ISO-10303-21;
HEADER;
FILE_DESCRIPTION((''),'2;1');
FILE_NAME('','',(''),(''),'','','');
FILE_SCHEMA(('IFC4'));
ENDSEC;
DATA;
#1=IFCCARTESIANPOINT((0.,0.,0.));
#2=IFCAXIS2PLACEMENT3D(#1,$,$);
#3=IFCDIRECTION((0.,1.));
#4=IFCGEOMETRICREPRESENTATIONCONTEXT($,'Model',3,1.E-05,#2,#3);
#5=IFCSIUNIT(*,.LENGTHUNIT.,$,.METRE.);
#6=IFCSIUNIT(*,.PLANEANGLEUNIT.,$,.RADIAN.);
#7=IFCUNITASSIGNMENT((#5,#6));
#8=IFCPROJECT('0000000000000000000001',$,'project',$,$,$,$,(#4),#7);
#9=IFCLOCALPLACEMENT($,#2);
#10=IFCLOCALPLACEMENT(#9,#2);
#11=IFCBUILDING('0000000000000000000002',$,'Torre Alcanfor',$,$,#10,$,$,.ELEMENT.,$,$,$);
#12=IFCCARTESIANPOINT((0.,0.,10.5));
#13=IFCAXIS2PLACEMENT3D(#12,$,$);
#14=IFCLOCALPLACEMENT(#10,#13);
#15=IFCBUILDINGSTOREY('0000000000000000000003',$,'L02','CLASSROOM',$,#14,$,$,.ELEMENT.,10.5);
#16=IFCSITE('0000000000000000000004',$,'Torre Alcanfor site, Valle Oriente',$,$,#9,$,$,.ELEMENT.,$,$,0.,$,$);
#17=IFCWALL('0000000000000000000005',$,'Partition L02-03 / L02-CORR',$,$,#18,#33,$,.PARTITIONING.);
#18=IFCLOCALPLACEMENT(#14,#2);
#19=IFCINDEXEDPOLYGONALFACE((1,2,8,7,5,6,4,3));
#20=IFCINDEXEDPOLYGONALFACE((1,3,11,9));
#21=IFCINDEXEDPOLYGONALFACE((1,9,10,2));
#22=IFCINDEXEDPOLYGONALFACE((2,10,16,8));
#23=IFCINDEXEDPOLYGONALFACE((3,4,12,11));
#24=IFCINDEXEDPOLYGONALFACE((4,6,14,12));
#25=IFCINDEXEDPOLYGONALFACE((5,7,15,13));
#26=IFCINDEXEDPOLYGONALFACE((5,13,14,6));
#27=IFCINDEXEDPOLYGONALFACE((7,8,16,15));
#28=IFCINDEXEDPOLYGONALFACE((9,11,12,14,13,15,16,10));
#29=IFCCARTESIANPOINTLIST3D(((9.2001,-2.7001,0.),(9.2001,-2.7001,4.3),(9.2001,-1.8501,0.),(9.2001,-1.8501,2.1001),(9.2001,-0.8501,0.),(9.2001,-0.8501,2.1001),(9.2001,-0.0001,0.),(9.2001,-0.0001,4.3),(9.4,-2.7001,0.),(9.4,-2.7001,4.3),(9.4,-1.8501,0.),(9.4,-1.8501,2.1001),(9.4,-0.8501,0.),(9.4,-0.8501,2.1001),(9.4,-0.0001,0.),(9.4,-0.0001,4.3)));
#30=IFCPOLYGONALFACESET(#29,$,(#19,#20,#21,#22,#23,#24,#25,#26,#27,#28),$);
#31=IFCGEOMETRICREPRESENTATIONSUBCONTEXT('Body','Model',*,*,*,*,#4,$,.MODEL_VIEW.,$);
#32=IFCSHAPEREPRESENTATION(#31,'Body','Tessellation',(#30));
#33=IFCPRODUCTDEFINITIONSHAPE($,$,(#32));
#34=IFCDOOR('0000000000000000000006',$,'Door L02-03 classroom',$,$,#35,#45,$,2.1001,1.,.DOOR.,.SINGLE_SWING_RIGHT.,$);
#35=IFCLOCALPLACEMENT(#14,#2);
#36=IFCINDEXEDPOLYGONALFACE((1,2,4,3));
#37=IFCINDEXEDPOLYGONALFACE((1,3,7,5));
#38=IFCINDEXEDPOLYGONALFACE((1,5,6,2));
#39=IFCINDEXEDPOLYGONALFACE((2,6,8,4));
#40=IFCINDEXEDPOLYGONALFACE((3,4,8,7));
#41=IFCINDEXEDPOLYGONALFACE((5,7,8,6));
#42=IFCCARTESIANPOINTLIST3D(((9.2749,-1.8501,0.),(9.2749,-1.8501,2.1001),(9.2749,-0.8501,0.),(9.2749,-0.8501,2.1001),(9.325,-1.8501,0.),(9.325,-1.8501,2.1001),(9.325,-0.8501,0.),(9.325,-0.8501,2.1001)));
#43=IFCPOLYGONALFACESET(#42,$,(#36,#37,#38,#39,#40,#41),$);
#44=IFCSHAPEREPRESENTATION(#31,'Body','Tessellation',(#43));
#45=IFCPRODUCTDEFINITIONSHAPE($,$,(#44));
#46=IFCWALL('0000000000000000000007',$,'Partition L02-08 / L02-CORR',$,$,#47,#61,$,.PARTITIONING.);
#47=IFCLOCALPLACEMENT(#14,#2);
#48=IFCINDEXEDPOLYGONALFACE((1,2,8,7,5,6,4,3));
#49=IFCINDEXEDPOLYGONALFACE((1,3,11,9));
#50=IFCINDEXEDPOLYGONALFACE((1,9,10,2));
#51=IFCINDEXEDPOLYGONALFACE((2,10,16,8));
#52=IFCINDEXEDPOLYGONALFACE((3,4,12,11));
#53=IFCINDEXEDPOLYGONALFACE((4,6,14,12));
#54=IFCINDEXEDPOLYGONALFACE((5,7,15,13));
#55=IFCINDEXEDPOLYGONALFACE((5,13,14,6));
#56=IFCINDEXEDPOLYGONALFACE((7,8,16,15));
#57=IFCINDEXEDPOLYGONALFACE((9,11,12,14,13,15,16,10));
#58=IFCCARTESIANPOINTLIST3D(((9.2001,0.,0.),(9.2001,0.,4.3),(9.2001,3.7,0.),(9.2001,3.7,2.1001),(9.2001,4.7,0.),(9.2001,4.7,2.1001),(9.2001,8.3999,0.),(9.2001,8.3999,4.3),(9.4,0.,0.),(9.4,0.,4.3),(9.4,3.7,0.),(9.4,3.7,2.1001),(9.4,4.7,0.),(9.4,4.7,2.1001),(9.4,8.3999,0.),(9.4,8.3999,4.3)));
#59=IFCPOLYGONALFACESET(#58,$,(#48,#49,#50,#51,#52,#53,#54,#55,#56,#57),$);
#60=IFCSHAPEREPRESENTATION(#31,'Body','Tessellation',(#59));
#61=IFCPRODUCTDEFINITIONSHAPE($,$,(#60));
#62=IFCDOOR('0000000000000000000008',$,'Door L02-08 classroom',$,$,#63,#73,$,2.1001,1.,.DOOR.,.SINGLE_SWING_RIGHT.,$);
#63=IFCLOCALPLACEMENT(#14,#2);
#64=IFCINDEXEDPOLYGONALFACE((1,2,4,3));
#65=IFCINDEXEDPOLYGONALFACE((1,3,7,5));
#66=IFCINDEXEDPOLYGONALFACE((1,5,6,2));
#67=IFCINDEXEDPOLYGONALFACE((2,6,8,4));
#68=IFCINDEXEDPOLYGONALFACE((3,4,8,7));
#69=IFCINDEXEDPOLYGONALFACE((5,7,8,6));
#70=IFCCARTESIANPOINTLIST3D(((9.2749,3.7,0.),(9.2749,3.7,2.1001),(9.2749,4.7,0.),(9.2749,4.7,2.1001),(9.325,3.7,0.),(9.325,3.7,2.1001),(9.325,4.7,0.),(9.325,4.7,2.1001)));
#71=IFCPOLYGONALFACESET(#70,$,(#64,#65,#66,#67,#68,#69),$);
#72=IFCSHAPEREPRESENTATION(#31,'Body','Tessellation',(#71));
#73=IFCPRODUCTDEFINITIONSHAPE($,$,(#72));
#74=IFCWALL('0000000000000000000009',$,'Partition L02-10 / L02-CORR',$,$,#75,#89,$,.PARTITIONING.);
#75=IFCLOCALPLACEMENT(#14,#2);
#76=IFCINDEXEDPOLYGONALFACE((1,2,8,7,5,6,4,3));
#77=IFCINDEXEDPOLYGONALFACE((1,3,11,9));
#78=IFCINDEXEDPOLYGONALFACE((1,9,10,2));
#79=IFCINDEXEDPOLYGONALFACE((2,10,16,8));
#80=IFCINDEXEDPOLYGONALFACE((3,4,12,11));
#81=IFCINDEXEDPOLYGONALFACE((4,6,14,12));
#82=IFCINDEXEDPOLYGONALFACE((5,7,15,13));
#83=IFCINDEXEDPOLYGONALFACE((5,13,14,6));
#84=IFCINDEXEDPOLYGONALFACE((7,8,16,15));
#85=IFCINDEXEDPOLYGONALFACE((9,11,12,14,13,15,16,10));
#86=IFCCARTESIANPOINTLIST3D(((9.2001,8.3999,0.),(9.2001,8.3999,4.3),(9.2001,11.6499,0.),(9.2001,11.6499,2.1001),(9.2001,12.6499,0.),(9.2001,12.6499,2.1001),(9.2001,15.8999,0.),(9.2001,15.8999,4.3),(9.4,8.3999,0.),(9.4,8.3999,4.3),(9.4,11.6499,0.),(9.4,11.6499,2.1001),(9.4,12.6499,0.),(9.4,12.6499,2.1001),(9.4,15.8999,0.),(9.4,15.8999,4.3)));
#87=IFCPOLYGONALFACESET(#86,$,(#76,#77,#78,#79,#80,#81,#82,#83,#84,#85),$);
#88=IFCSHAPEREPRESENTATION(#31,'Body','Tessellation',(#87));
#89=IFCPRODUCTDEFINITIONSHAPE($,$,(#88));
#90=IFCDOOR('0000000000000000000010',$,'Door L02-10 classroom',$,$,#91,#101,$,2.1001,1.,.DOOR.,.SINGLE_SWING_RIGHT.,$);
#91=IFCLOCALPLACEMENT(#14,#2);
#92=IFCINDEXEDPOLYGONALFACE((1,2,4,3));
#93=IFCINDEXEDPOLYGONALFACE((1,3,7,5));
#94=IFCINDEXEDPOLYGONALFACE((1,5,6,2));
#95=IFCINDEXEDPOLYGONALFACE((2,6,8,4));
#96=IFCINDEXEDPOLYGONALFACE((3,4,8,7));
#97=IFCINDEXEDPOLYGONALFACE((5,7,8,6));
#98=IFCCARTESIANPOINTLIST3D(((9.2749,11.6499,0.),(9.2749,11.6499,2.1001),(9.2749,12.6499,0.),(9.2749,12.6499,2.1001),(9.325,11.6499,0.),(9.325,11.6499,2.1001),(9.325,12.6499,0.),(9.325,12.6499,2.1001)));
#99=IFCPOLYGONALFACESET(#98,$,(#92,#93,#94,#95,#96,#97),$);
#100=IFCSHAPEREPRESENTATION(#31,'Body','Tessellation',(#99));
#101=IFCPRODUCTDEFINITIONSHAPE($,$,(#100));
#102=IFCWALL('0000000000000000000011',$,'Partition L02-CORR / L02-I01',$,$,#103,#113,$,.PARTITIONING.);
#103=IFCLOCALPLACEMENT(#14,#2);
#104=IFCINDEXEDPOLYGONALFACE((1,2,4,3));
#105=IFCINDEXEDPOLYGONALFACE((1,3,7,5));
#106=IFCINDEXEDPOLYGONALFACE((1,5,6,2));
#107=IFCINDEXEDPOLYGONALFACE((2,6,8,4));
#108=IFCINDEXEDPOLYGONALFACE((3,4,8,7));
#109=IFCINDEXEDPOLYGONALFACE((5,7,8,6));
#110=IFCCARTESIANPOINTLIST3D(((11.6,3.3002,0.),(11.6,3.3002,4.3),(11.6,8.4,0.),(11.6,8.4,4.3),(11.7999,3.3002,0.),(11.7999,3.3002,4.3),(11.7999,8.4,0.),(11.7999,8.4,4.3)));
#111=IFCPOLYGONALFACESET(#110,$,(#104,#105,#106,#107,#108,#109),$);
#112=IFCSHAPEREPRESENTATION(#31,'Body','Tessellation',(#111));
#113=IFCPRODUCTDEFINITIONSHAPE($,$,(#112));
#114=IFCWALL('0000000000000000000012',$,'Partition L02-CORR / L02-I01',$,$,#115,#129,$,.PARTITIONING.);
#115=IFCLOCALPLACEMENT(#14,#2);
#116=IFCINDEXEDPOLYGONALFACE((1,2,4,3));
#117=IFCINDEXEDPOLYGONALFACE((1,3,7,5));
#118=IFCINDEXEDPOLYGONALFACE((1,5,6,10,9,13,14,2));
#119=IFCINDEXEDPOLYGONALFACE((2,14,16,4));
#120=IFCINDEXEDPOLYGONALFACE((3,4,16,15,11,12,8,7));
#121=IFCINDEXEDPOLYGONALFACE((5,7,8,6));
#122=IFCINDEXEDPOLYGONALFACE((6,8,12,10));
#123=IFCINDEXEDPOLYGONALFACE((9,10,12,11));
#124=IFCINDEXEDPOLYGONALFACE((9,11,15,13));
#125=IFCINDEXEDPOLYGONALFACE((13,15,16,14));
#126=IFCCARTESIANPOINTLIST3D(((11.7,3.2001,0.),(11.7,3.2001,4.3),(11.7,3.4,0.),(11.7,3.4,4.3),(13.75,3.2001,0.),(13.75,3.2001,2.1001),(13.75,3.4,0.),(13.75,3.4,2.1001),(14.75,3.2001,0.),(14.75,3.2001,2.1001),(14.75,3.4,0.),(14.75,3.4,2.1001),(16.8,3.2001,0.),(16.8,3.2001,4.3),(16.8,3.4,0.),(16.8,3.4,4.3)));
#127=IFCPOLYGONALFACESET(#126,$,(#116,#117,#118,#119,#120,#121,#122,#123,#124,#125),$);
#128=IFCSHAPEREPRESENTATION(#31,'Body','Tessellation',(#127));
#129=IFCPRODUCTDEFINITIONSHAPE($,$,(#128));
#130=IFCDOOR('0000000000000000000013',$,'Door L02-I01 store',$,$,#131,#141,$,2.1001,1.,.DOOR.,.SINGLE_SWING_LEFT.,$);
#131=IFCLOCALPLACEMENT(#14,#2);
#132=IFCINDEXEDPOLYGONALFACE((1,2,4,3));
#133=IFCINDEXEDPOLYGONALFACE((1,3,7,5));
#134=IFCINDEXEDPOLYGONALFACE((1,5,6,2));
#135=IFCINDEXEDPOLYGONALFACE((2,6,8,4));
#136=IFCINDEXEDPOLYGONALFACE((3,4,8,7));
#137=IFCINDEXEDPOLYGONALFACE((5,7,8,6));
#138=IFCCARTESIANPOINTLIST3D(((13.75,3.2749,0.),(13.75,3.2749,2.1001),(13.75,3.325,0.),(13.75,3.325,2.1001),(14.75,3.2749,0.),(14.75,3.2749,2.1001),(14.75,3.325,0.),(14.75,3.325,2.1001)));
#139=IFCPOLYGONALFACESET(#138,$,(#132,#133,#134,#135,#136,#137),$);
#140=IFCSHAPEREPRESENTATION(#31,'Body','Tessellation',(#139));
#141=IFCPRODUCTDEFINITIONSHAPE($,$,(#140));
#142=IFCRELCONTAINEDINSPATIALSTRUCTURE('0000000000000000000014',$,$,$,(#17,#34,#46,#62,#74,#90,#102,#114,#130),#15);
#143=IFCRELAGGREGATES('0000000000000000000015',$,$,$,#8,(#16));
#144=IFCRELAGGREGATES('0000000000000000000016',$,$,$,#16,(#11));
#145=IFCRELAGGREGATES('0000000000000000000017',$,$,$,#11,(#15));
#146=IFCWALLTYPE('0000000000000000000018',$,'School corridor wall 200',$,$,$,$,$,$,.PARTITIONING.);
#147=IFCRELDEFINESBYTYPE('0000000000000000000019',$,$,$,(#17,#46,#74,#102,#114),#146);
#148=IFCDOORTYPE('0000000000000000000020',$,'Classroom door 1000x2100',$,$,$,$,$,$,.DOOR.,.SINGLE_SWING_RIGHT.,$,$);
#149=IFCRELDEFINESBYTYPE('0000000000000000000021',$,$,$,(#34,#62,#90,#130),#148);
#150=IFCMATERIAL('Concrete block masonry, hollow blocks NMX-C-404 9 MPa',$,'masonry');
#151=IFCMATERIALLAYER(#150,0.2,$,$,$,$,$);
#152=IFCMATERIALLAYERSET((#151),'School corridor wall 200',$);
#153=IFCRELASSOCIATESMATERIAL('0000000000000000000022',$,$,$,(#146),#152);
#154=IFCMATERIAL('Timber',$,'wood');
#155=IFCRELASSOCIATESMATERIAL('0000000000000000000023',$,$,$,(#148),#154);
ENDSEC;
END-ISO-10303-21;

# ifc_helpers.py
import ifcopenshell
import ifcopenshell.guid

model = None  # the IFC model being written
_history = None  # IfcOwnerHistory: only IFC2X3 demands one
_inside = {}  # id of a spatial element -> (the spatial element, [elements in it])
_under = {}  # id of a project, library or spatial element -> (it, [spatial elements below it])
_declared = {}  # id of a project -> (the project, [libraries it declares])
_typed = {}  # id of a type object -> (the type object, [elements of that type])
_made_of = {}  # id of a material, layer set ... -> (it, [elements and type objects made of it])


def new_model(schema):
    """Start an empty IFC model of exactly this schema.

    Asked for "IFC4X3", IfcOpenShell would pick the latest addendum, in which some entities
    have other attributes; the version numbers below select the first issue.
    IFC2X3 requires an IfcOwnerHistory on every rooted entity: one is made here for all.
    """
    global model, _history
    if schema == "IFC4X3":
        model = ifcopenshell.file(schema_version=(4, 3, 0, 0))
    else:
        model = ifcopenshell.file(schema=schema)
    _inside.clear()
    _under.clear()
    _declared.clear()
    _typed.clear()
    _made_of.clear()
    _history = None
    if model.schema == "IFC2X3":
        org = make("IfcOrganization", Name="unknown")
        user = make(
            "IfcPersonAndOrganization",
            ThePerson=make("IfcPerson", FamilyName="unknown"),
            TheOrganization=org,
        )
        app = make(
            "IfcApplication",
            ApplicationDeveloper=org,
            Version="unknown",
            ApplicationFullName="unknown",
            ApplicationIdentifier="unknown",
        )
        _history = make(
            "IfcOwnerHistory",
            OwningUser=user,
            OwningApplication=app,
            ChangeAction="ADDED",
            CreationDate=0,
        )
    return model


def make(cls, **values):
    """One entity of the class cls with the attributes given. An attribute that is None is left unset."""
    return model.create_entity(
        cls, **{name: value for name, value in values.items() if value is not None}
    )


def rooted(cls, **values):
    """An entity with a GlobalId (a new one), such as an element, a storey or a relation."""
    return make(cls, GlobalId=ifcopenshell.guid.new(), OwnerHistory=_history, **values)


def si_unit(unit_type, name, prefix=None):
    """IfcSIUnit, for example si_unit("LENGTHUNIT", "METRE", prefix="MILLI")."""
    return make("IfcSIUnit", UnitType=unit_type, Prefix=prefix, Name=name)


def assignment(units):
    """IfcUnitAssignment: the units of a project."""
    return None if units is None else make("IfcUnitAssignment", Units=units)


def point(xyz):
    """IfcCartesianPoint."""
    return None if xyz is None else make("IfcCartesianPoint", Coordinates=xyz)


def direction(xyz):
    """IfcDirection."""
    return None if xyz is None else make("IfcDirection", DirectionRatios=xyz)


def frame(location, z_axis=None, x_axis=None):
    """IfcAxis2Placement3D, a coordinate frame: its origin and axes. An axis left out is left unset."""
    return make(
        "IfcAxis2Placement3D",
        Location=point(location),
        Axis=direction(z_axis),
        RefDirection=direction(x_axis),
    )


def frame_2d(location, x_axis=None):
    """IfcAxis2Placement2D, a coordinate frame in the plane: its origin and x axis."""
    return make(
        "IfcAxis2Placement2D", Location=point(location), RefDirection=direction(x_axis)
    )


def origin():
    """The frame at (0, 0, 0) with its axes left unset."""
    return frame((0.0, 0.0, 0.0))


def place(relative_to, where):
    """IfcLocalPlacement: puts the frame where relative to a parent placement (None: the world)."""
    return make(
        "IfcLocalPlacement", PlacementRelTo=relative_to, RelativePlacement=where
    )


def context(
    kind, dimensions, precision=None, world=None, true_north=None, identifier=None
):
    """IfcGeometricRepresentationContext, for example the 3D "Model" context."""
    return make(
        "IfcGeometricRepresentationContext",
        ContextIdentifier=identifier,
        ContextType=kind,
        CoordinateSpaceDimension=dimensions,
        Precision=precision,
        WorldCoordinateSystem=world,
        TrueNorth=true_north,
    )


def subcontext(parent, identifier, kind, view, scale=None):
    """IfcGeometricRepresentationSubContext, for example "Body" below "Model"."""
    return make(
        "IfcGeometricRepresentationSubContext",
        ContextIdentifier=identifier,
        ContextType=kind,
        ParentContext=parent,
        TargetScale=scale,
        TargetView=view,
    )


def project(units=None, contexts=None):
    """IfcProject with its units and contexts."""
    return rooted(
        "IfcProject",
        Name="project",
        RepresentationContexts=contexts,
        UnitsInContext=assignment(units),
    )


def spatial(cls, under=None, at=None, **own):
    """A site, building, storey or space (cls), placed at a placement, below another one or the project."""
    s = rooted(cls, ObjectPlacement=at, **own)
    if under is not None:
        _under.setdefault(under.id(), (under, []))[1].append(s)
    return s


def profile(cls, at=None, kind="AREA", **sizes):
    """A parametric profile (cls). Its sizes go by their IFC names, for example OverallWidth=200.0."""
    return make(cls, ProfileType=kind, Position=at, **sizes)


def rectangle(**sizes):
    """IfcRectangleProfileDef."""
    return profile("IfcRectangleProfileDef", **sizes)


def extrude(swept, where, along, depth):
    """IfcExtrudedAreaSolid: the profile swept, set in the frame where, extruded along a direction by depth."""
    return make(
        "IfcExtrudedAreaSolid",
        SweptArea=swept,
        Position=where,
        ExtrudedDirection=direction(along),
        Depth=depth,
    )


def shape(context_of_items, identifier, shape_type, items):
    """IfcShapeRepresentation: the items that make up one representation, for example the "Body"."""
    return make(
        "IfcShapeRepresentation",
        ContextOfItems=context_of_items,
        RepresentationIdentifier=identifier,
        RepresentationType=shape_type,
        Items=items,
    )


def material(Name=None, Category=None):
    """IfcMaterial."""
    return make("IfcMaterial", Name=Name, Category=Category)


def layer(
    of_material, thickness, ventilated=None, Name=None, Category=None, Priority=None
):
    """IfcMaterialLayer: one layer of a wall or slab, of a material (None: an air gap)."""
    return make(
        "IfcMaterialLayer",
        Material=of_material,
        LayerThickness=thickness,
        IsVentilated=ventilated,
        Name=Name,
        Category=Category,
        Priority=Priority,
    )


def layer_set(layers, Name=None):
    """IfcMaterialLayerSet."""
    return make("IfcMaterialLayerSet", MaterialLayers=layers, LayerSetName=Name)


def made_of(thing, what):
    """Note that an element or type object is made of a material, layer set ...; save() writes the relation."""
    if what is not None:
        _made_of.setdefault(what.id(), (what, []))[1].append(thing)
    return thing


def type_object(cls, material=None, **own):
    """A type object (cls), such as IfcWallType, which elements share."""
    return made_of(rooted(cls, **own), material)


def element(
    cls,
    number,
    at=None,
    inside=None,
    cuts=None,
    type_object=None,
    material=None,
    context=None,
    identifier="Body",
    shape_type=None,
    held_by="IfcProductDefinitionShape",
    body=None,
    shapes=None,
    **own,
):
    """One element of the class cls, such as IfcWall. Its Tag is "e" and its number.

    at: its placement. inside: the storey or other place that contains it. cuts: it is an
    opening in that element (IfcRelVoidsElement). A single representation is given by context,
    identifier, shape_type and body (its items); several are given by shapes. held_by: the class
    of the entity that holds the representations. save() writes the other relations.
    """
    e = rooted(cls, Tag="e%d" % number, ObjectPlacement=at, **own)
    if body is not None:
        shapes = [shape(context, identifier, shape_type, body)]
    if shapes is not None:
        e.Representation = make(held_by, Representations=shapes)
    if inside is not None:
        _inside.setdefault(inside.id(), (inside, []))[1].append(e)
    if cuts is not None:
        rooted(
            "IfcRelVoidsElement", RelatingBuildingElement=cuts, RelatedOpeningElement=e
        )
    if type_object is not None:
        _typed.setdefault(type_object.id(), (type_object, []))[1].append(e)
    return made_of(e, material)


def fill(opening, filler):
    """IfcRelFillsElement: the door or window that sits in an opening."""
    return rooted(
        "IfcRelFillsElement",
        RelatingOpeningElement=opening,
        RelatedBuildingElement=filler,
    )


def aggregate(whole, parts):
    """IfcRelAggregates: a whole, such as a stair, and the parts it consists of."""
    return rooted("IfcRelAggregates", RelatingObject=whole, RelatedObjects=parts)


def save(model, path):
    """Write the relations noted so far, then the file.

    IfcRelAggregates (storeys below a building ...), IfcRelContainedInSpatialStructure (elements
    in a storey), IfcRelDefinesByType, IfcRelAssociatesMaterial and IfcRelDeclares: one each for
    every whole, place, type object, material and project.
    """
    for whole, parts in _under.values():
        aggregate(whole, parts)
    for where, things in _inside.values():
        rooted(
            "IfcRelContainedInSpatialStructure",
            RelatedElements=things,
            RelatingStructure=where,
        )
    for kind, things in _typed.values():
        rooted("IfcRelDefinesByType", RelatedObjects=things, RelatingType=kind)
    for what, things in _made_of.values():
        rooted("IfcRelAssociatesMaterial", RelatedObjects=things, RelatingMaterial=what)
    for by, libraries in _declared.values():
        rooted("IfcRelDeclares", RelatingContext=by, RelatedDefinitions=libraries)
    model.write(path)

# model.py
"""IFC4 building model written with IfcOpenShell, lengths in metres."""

from ifc_helpers import new_model, si_unit, direction, frame, frame_2d, origin, place, context, subcontext, project, spatial, rectangle, extrude, material, layer, layer_set, type_object, element, fill, save


model = new_model("IFC4")

# Units and contexts
model_context = context("Model", 3, precision=1e-05, world=origin(), true_north=direction((0.0, 1.0)))
body_context = subcontext(model_context, "Body", "Model", "MODEL_VIEW")
ifc_project = project(units=[si_unit("LENGTHUNIT", "METRE"), si_unit("PLANEANGLEUNIT", "RADIAN")], contexts=[model_context])

# Site, building, storey
site_placement = place(None, origin())
site = spatial("IfcSite", under=ifc_project, at=site_placement, Name="Torre Alcanfor site, Valle Oriente", CompositionType="ELEMENT", RefElevation=0.0)
building_placement = place(site_placement, origin())
building = spatial("IfcBuilding", under=site, at=building_placement, Name="Torre Alcanfor", CompositionType="ELEMENT")
storey_placement = place(building_placement, frame((0.0, 0.0, 10.5)))
storey = spatial("IfcBuildingStorey", under=building, at=storey_placement, Name="L02", Description="CLASSROOM", CompositionType="ELEMENT", Elevation=10.5)

# Walls, openings, doors
ifc_material_1 = material(Name="Concrete block masonry, hollow blocks NMX-C-404 9 MPa", Category="masonry")
ifc_layer_1 = layer(ifc_material_1, 0.2)
ifc_layer_set_1 = layer_set([ifc_layer_1], Name="School corridor wall 200")
wall_type_1 = type_object("IfcWallType", Name="School corridor wall 200", PredefinedType="PARTITIONING", material=ifc_layer_set_1)
ifc_material_2 = material(Name="Timber", Category="wood")
door_type = type_object("IfcDoorType", Name="Classroom door 1000x2100", OperationType="SINGLE_SWING_RIGHT", PredefinedType="DOOR", material=ifc_material_2)
wall_1_placement = place(storey_placement, frame((9.3, 0.0, 0.0), z_axis=(0.0, 0.0, 1.0), x_axis=(0.0, -1.0, 0.0)))
wall_1 = element("IfcWall", 1, at=wall_1_placement, inside=storey, type_object=wall_type_1, Name="Partition L02-03 / L02-CORR", PredefinedType="PARTITIONING", context=body_context, shape_type="SweptSolid", body=[
    extrude(rectangle(XDim=2.7, YDim=0.2, at=frame_2d((1.3501, 0.0))), origin(), (0.0, 0.0, 1.0), 4.3),
])
opening_1_placement = place(wall_1_placement, frame((0.8501, 0.0, 0.0)))
opening_1 = element("IfcOpeningElement", 2, at=opening_1_placement, cuts=wall_1, PredefinedType="OPENING", context=body_context, shape_type="SweptSolid", body=[
    extrude(rectangle(XDim=1.0, YDim=2.1001, at=frame_2d((0.5, 1.05))), frame((0.0, 0.1099, 0.0), z_axis=(0.0, -1.0, 0.0), x_axis=(1.0, 0.0, 0.0)), (0.0, 0.0, 1.0), 0.22),
])
door_1_placement = place(opening_1_placement, frame((1.0, 0.0, 0.0), z_axis=(0.0, 0.0, 1.0), x_axis=(-1.0, 0.0, 0.0)))
door_1 = element("IfcDoor", 3, at=door_1_placement, inside=storey, type_object=door_type, Name="Door L02-03 classroom", OperationType="SINGLE_SWING_RIGHT", OverallHeight=2.1001, OverallWidth=1.0, PredefinedType="DOOR", context=body_context, shape_type="SweptSolid", body=[
    extrude(rectangle(XDim=1.0, YDim=2.1001, at=frame_2d((0.5, 1.05))), frame((0.0, 0.0251, 0.0), z_axis=(0.0, -1.0, 0.0), x_axis=(1.0, 0.0, 0.0)), (0.0, 0.0, 1.0), 0.05),
])
fill(opening_1, door_1)
wall_2_placement = place(storey_placement, frame((9.3, 8.3999, 0.0), z_axis=(0.0, 0.0, 1.0), x_axis=(0.0, -1.0, 0.0)))
wall_2 = element("IfcWall", 4, at=wall_2_placement, inside=storey, type_object=wall_type_1, Name="Partition L02-08 / L02-CORR", PredefinedType="PARTITIONING", context=body_context, shape_type="SweptSolid", body=[
    extrude(rectangle(XDim=8.3999, YDim=0.2, at=frame_2d((4.2, 0.0))), origin(), (0.0, 0.0, 1.0), 4.3),
])
opening_2_placement = place(wall_2_placement, frame((3.7, 0.0, 0.0)))
opening_2 = element("IfcOpeningElement", 5, at=opening_2_placement, cuts=wall_2, PredefinedType="OPENING", context=body_context, shape_type="SweptSolid", body=[
    extrude(rectangle(XDim=1.0, YDim=2.1001, at=frame_2d((0.5, 1.05))), frame((0.0, 0.1099, 0.0), z_axis=(0.0, -1.0, 0.0), x_axis=(1.0, 0.0, 0.0)), (0.0, 0.0, 1.0), 0.22),
])
door_2_placement = place(opening_2_placement, frame((1.0, 0.0, 0.0), z_axis=(0.0, 0.0, 1.0), x_axis=(-1.0, 0.0, 0.0)))
door_2 = element("IfcDoor", 6, at=door_2_placement, inside=storey, type_object=door_type, Name="Door L02-08 classroom", OperationType="SINGLE_SWING_RIGHT", OverallHeight=2.1001, OverallWidth=1.0, PredefinedType="DOOR", context=body_context, shape_type="SweptSolid", body=[
    extrude(rectangle(XDim=1.0, YDim=2.1001, at=frame_2d((0.5, 1.05))), frame((0.0, 0.0251, 0.0), z_axis=(0.0, -1.0, 0.0), x_axis=(1.0, 0.0, 0.0)), (0.0, 0.0, 1.0), 0.05),
])
fill(opening_2, door_2)
wall_3_placement = place(storey_placement, frame((9.3, 15.8999, 0.0), z_axis=(0.0, 0.0, 1.0), x_axis=(0.0, -1.0, 0.0)))
wall_3 = element("IfcWall", 7, at=wall_3_placement, inside=storey, type_object=wall_type_1, Name="Partition L02-10 / L02-CORR", PredefinedType="PARTITIONING", context=body_context, shape_type="SweptSolid", body=[
    extrude(rectangle(XDim=7.5, YDim=0.2, at=frame_2d((3.75, 0.0))), origin(), (0.0, 0.0, 1.0), 4.3),
])
opening_3_placement = place(wall_3_placement, frame((3.25, 0.0, 0.0)))
opening_3 = element("IfcOpeningElement", 8, at=opening_3_placement, cuts=wall_3, PredefinedType="OPENING", context=body_context, shape_type="SweptSolid", body=[
    extrude(rectangle(XDim=1.0, YDim=2.1001, at=frame_2d((0.5, 1.05))), frame((0.0, 0.1099, 0.0), z_axis=(0.0, -1.0, 0.0), x_axis=(1.0, 0.0, 0.0)), (0.0, 0.0, 1.0), 0.22),
])
door_3_placement = place(opening_3_placement, frame((1.0, 0.0, 0.0), z_axis=(0.0, 0.0, 1.0), x_axis=(-1.0, 0.0, 0.0)))
door_3 = element("IfcDoor", 9, at=door_3_placement, inside=storey, type_object=door_type, Name="Door L02-10 classroom", OperationType="SINGLE_SWING_RIGHT", OverallHeight=2.1001, OverallWidth=1.0, PredefinedType="DOOR", context=body_context, shape_type="SweptSolid", body=[
    extrude(rectangle(XDim=1.0, YDim=2.1001, at=frame_2d((0.5, 1.05))), frame((0.0, 0.0251, 0.0), z_axis=(0.0, -1.0, 0.0), x_axis=(1.0, 0.0, 0.0)), (0.0, 0.0, 1.0), 0.05),
])
fill(opening_3, door_3)

# Wall
wall_4_placement = place(storey_placement, frame((11.7, 8.3999, 0.0), z_axis=(0.0, 0.0, 1.0), x_axis=(0.0, -1.0, 0.0)))
element("IfcWall", 10, at=wall_4_placement, inside=storey, type_object=wall_type_1, Name="Partition L02-CORR / L02-I01", PredefinedType="PARTITIONING", context=body_context, shape_type="SweptSolid", body=[
    extrude(rectangle(XDim=5.0999, YDim=0.2, at=frame_2d((2.5498, 0.0))), origin(), (0.0, 0.0, 1.0), 4.3),
])

# Wall, opening, door
wall_5_placement = place(storey_placement, frame((11.7, 3.3, 0.0), z_axis=(0.0, 0.0, 1.0), x_axis=(1.0, 0.0, 0.0)))
wall_5 = element("IfcWall", 11, at=wall_5_placement, inside=storey, type_object=wall_type_1, Name="Partition L02-CORR / L02-I01", PredefinedType="PARTITIONING", context=body_context, shape_type="SweptSolid", body=[
    extrude(rectangle(XDim=5.1001, YDim=0.2, at=frame_2d((2.55, 0.0))), origin(), (0.0, 0.0, 1.0), 4.3),
])
opening_4_placement = place(wall_5_placement, frame((2.05, 0.0, 0.0)))
opening_4 = element("IfcOpeningElement", 12, at=opening_4_placement, cuts=wall_5, PredefinedType="OPENING", context=body_context, shape_type="SweptSolid", body=[
    extrude(rectangle(XDim=1.0, YDim=2.1001, at=frame_2d((0.5, 1.05))), frame((0.0, 0.1099, 0.0), z_axis=(0.0, -1.0, 0.0), x_axis=(1.0, 0.0, 0.0)), (0.0, 0.0, 1.0), 0.22),
])
door_4_placement = place(opening_4_placement, origin())
door_4 = element("IfcDoor", 13, at=door_4_placement, inside=storey, type_object=door_type, Name="Door L02-I01 store", OperationType="SINGLE_SWING_LEFT", OverallHeight=2.1001, OverallWidth=1.0, PredefinedType="DOOR", context=body_context, shape_type="SweptSolid", body=[
    extrude(rectangle(XDim=1.0, YDim=2.1001, at=frame_2d((0.5, 1.05))), frame((0.0, 0.0249, 0.0), z_axis=(0.0, -1.0, 0.0), x_axis=(1.0, 0.0, 0.0)), (0.0, 0.0, 1.0), 0.05),
])
fill(opening_4, door_4)

save(model, "model.ifc")
